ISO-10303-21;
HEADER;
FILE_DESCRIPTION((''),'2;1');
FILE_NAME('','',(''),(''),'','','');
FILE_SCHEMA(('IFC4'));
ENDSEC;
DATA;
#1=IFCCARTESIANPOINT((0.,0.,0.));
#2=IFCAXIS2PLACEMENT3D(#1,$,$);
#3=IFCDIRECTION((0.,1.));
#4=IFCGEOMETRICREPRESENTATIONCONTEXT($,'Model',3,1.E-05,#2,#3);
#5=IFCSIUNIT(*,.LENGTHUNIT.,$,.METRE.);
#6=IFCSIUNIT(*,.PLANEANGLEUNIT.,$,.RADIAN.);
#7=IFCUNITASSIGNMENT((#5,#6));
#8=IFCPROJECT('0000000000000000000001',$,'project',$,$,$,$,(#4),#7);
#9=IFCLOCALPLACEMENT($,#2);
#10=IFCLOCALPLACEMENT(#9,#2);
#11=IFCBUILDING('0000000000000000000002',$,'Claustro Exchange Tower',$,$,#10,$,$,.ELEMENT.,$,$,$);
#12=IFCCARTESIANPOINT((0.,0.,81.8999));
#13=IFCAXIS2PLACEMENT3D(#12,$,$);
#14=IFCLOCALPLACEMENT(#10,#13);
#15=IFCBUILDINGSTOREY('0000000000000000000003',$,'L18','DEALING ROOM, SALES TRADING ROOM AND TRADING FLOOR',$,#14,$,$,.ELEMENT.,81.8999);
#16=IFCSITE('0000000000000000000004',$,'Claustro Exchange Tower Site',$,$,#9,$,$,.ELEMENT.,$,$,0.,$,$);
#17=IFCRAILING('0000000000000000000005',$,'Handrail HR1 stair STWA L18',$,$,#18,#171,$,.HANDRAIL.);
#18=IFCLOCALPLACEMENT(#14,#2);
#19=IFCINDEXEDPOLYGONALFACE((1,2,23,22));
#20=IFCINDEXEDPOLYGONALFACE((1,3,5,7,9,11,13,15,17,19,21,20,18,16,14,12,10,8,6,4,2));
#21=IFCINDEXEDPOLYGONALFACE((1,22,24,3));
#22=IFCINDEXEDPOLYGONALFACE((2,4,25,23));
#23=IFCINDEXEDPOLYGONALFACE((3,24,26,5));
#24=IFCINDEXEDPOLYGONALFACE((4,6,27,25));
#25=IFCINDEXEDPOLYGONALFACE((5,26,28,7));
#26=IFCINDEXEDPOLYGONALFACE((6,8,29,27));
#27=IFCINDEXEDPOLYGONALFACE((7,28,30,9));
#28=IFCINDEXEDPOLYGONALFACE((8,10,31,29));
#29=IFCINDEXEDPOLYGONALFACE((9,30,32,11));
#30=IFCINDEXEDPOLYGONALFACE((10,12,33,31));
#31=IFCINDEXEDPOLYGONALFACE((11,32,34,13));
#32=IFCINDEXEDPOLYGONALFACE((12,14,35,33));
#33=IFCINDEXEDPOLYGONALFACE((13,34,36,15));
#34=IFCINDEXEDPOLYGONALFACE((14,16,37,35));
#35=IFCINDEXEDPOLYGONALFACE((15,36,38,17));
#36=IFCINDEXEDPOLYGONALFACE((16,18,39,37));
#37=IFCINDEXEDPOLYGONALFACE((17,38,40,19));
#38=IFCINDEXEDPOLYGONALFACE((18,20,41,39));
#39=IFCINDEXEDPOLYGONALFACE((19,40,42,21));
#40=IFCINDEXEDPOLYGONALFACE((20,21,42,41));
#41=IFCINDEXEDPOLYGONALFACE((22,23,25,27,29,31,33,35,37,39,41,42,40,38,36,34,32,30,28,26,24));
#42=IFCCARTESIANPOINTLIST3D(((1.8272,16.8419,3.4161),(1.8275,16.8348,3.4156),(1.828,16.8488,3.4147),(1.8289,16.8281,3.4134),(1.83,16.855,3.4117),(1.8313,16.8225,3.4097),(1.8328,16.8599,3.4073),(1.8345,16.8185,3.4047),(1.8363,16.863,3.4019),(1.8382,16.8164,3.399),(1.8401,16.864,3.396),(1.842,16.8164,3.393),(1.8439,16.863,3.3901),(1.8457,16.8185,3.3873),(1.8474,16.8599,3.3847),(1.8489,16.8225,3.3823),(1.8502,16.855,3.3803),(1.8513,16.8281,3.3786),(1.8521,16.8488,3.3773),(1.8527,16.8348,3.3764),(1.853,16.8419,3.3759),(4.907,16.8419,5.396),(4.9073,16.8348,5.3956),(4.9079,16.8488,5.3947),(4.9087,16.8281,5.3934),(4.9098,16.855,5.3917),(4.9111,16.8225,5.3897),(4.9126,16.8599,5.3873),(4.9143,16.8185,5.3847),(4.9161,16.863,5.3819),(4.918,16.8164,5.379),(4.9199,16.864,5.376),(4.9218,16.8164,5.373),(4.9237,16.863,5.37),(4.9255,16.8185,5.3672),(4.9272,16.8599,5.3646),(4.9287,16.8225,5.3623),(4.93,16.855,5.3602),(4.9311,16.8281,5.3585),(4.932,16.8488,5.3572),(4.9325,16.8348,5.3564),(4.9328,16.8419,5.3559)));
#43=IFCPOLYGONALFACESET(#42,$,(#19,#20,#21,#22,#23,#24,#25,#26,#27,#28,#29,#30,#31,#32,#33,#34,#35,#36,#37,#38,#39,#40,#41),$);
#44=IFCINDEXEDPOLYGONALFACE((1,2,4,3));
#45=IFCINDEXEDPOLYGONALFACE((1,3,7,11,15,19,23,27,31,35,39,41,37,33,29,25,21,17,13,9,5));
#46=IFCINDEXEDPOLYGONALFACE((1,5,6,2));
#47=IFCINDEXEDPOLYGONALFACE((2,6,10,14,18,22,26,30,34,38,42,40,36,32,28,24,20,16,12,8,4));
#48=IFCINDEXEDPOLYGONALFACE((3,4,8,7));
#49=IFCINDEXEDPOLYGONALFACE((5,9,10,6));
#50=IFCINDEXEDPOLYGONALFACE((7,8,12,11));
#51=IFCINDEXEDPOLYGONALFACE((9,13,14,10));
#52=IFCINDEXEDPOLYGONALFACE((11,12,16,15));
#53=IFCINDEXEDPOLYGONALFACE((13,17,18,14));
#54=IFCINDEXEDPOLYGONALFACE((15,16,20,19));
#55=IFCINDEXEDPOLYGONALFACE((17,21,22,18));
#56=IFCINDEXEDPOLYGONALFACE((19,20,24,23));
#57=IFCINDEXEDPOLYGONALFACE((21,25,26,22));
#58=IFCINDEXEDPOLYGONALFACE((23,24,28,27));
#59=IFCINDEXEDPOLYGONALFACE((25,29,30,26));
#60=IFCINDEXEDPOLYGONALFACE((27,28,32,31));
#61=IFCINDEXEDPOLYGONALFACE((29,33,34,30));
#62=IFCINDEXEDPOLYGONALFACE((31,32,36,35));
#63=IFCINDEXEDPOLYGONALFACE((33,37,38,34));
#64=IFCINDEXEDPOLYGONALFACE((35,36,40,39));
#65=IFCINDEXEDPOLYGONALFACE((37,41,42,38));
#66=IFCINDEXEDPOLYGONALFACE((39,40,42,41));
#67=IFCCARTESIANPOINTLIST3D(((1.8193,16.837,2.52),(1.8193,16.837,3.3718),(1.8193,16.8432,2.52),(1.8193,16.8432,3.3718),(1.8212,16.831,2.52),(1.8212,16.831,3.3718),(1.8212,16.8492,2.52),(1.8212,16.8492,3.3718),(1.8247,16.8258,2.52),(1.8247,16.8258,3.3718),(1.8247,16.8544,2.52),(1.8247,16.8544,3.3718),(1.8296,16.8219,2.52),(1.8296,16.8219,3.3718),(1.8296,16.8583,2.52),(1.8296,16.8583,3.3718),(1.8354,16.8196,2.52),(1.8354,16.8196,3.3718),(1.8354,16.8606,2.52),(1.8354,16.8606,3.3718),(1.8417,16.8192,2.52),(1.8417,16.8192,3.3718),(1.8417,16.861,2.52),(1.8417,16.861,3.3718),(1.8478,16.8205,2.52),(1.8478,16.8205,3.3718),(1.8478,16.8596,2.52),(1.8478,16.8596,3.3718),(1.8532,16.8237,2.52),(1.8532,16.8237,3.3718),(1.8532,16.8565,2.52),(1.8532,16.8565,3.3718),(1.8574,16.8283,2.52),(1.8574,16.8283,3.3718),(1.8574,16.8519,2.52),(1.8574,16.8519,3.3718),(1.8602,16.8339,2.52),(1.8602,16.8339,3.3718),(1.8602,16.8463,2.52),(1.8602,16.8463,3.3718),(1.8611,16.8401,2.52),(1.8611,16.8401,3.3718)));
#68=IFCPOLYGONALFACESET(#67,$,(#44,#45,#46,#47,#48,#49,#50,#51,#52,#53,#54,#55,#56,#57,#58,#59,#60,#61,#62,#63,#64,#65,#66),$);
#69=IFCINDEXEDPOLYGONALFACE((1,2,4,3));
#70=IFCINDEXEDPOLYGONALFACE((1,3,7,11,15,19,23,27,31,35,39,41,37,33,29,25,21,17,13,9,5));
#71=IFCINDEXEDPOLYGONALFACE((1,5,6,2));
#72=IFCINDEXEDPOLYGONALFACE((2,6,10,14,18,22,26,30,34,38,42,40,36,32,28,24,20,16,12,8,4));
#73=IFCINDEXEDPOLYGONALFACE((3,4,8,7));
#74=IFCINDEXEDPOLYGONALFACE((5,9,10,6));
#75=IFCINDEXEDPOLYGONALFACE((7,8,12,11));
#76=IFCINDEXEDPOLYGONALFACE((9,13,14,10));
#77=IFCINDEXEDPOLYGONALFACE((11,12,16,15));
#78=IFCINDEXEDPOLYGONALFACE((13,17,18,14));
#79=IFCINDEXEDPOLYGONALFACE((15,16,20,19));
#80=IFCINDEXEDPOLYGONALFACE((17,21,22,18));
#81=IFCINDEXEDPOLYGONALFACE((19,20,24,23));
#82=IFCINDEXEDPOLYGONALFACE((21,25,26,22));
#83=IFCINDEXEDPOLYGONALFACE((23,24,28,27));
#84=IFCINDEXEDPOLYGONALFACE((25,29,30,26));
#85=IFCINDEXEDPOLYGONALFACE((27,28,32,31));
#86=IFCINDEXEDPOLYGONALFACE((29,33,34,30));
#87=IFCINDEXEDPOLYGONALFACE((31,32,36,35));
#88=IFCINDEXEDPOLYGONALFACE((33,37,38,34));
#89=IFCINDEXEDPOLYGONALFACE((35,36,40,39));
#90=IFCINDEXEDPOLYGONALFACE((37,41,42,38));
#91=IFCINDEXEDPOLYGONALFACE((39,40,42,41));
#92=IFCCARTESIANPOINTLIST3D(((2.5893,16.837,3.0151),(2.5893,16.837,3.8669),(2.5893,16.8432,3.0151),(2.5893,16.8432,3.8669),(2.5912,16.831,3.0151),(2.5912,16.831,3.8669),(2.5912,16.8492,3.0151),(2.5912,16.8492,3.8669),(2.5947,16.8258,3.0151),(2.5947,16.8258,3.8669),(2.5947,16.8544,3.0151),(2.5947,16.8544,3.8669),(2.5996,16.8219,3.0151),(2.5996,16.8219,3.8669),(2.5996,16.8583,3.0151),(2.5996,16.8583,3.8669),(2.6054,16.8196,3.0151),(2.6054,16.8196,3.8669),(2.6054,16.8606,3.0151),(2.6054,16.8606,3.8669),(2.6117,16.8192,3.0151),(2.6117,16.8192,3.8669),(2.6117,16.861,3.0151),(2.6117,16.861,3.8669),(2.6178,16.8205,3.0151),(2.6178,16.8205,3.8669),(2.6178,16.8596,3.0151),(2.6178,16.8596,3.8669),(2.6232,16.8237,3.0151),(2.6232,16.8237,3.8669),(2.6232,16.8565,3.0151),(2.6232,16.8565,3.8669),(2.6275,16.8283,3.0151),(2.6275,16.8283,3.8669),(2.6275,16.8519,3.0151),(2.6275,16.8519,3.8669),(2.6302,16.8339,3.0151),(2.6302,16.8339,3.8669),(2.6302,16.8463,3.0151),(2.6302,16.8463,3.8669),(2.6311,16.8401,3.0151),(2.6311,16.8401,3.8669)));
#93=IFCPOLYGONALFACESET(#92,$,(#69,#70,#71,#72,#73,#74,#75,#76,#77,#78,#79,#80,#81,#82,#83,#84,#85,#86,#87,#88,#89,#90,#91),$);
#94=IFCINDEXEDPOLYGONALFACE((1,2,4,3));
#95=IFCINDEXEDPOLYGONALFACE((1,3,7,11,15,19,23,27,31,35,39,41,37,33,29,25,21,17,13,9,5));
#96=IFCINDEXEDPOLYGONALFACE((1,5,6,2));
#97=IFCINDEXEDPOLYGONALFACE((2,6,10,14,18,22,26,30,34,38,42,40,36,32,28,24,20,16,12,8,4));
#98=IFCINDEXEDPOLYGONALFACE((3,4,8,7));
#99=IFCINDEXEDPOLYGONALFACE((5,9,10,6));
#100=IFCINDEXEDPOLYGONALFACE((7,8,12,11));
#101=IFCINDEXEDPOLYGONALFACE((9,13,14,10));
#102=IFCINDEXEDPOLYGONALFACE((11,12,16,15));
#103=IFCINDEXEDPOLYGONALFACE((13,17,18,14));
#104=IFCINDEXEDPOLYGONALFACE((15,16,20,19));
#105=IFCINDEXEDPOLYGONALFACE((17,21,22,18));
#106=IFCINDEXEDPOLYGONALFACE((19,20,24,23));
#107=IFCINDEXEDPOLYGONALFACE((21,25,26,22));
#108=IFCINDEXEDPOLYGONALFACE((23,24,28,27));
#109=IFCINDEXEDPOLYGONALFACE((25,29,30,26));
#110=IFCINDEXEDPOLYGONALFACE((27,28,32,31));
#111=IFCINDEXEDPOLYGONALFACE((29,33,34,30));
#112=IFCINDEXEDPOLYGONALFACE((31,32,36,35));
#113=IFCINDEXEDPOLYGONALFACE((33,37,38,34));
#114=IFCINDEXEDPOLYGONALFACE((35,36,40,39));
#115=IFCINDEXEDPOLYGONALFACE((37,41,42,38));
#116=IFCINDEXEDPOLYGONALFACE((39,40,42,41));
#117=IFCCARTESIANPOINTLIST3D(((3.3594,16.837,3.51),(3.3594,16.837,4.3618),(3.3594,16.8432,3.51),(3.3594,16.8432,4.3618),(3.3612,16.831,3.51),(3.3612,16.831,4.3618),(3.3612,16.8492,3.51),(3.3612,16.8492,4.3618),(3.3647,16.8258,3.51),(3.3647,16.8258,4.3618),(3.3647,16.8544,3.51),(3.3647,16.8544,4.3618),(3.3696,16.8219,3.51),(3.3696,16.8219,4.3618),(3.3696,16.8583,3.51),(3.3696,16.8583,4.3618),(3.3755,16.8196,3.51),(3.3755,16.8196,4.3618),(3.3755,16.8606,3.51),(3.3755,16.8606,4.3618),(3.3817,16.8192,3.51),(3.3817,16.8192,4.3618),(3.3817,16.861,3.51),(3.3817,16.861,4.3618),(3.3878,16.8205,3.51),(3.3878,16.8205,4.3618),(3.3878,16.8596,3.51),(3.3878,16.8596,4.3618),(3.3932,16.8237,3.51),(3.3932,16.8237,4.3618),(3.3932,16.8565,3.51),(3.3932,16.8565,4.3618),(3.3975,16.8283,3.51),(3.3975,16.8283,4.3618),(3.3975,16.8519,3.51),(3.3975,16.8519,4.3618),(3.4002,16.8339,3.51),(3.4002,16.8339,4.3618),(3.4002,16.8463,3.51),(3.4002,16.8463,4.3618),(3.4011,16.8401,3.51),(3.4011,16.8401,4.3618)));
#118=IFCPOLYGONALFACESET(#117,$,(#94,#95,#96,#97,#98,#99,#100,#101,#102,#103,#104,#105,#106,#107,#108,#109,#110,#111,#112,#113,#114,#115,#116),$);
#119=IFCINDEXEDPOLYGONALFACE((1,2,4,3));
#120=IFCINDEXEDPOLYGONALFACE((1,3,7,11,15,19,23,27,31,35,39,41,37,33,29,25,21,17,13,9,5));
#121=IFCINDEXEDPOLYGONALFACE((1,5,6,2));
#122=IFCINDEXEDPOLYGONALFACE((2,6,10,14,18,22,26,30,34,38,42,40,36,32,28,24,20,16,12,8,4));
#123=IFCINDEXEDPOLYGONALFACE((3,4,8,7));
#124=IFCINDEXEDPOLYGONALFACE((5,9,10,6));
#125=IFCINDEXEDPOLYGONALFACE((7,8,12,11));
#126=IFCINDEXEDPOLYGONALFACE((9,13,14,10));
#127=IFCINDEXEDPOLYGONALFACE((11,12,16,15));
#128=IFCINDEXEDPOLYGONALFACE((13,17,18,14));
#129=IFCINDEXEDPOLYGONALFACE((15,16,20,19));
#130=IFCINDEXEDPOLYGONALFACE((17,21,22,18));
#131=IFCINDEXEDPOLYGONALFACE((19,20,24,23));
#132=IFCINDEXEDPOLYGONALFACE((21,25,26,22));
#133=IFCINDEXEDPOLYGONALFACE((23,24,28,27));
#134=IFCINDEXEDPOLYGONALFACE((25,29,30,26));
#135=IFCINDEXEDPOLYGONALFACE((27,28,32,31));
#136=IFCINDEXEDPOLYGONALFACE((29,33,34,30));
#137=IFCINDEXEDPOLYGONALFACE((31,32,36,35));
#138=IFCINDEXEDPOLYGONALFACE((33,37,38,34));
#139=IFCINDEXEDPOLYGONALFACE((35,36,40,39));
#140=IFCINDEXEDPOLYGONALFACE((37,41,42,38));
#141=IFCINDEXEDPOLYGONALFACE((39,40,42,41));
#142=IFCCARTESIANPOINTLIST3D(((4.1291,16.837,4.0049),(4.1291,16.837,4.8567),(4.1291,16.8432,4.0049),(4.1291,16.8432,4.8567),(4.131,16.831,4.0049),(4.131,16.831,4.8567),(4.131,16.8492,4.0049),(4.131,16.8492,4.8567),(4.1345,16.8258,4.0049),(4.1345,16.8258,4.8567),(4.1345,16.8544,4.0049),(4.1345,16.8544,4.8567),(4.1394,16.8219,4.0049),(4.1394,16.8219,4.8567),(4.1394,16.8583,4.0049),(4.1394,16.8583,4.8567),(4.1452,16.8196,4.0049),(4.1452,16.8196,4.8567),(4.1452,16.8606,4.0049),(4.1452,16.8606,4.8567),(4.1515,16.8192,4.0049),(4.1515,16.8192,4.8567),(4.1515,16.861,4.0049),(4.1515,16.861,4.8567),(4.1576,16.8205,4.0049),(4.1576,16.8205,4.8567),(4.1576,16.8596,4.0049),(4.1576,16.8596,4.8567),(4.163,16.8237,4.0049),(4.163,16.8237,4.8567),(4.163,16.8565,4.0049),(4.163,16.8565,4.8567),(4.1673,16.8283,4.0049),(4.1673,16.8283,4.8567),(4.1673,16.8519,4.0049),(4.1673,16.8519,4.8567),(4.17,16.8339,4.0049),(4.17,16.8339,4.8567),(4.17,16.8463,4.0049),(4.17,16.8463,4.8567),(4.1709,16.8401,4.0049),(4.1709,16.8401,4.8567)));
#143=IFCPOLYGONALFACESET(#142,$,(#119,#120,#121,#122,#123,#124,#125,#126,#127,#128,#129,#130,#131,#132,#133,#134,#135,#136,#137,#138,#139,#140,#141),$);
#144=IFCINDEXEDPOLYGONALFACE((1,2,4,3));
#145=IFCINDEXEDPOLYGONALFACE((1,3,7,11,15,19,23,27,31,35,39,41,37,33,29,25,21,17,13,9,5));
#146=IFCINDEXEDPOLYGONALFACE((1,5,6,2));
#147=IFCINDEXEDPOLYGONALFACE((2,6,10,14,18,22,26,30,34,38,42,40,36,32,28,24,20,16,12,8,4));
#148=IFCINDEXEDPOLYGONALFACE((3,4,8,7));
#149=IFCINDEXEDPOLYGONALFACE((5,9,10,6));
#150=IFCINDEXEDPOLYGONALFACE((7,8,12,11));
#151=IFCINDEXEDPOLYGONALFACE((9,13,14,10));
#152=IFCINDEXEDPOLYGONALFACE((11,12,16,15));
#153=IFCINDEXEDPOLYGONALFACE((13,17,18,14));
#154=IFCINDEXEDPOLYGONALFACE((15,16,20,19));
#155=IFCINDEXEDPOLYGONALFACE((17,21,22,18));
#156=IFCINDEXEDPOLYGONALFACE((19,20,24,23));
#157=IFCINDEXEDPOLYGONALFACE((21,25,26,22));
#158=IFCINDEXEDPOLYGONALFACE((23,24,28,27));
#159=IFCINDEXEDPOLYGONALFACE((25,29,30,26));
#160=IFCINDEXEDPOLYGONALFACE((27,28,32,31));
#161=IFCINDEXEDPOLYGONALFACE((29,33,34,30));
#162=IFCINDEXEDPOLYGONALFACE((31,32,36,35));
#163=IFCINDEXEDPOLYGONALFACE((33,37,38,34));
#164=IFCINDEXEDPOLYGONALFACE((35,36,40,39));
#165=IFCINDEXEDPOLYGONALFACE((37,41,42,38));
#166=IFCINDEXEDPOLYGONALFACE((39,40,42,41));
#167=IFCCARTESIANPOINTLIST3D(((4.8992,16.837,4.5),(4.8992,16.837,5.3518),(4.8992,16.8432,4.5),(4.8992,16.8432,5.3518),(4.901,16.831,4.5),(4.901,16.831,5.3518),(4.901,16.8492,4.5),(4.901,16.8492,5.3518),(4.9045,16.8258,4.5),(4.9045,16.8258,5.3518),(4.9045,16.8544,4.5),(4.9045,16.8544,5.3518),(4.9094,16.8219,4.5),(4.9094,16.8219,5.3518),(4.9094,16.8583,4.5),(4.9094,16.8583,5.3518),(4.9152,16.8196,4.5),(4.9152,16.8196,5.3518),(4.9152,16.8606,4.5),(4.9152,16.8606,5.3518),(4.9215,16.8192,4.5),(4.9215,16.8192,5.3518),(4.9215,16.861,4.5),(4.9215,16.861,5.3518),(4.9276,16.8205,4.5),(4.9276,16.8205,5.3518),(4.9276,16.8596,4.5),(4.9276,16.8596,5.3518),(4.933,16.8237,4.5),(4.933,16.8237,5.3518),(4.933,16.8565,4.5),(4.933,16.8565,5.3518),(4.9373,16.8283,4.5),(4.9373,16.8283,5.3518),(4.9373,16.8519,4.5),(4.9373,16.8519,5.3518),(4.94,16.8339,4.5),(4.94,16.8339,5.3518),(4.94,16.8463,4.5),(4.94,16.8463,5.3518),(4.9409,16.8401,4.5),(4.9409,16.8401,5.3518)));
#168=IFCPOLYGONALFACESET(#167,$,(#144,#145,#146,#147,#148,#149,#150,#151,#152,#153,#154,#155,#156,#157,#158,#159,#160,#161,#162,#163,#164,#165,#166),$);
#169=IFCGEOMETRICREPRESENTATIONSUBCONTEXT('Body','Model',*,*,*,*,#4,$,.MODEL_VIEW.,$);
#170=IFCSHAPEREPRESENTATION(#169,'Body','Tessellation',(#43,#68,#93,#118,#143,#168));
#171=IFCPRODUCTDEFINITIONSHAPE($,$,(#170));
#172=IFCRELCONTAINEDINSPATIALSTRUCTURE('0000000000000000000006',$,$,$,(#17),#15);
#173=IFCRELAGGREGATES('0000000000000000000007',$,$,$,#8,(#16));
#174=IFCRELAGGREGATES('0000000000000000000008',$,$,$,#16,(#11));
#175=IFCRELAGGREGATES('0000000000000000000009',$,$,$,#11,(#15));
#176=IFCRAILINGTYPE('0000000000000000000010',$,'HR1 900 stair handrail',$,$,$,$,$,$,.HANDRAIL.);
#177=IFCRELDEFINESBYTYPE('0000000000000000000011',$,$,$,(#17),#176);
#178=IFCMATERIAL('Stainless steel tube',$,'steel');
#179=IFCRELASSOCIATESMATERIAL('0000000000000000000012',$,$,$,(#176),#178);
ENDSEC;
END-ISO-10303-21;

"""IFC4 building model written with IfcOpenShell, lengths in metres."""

from ifc_helpers import new_model, si_unit, direction, frame, origin, origin_2d, place, context, subcontext, project, spatial, circle, extrude, material, type_object, element, save


model = new_model("IFC4")

# Units and contexts
model_context = context("Model", 3, precision=1e-05, world=origin(), true_north=direction((0.0, 1.0)))
body_context = subcontext(model_context, "Body", "Model", "MODEL_VIEW")
ifc_project = project(units=[si_unit("LENGTHUNIT", "METRE"), si_unit("PLANEANGLEUNIT", "RADIAN")], contexts=[model_context])

# Site, building, storey
site_placement = place(None, origin())
site = spatial("IfcSite", under=ifc_project, at=site_placement, Name="Claustro Exchange Tower Site", CompositionType="ELEMENT", RefElevation=0.0)
building_placement = place(site_placement, origin())
building = spatial("IfcBuilding", under=site, at=building_placement, Name="Claustro Exchange Tower", CompositionType="ELEMENT")
storey_placement = place(building_placement, frame((0.0, 0.0, 81.8999)))
storey = spatial("IfcBuildingStorey", under=building, at=storey_placement, Name="L18", Description="DEALING ROOM, SALES TRADING ROOM AND TRADING FLOOR", CompositionType="ELEMENT", Elevation=81.8999)

# Railing
ifc_material_1 = material(Name="Stainless steel tube", Category="steel")
railing_type_1 = type_object("IfcRailingType", Name="HR1 900 stair handrail", PredefinedType="HANDRAIL", material=ifc_material_1)
railing_1_placement = place(storey_placement, frame((1.8401, 16.8401, 2.52)))
element("IfcRailing", 1, at=railing_1_placement, inside=storey, type_object=railing_type_1, Name="Handrail HR1 stair STWA L18", PredefinedType="HANDRAIL", context=body_context, shape_type="SweptSolid", body=[
    extrude(circle(Radius=0.0239, at=origin_2d()), frame((0.0, 0.0, 0.876), z_axis=(0.841168, 0.0, 0.540774), x_axis=(0.0, 1.0, 0.0)), (0.0, 0.0, 1.0), 3.6614),
    extrude(circle(Radius=0.021, at=origin_2d()), origin(), (0.0, 0.0, 1.0), 0.8518),
    extrude(circle(Radius=0.021, at=origin_2d()), frame((0.77, 0.0, 0.4951)), (0.0, 0.0, 1.0), 0.8518),
    extrude(circle(Radius=0.021, at=origin_2d()), frame((1.54, 0.0, 0.99)), (0.0, 0.0, 1.0), 0.8518),
    extrude(circle(Radius=0.021, at=origin_2d()), frame((2.3098, 0.0, 1.4849)), (0.0, 0.0, 1.0), 0.8518),
    extrude(circle(Radius=0.021, at=origin_2d()), frame((3.0798, 0.0, 1.98)), (0.0, 0.0, 1.0), 0.8518),
])

save(model, "model.ifc")
